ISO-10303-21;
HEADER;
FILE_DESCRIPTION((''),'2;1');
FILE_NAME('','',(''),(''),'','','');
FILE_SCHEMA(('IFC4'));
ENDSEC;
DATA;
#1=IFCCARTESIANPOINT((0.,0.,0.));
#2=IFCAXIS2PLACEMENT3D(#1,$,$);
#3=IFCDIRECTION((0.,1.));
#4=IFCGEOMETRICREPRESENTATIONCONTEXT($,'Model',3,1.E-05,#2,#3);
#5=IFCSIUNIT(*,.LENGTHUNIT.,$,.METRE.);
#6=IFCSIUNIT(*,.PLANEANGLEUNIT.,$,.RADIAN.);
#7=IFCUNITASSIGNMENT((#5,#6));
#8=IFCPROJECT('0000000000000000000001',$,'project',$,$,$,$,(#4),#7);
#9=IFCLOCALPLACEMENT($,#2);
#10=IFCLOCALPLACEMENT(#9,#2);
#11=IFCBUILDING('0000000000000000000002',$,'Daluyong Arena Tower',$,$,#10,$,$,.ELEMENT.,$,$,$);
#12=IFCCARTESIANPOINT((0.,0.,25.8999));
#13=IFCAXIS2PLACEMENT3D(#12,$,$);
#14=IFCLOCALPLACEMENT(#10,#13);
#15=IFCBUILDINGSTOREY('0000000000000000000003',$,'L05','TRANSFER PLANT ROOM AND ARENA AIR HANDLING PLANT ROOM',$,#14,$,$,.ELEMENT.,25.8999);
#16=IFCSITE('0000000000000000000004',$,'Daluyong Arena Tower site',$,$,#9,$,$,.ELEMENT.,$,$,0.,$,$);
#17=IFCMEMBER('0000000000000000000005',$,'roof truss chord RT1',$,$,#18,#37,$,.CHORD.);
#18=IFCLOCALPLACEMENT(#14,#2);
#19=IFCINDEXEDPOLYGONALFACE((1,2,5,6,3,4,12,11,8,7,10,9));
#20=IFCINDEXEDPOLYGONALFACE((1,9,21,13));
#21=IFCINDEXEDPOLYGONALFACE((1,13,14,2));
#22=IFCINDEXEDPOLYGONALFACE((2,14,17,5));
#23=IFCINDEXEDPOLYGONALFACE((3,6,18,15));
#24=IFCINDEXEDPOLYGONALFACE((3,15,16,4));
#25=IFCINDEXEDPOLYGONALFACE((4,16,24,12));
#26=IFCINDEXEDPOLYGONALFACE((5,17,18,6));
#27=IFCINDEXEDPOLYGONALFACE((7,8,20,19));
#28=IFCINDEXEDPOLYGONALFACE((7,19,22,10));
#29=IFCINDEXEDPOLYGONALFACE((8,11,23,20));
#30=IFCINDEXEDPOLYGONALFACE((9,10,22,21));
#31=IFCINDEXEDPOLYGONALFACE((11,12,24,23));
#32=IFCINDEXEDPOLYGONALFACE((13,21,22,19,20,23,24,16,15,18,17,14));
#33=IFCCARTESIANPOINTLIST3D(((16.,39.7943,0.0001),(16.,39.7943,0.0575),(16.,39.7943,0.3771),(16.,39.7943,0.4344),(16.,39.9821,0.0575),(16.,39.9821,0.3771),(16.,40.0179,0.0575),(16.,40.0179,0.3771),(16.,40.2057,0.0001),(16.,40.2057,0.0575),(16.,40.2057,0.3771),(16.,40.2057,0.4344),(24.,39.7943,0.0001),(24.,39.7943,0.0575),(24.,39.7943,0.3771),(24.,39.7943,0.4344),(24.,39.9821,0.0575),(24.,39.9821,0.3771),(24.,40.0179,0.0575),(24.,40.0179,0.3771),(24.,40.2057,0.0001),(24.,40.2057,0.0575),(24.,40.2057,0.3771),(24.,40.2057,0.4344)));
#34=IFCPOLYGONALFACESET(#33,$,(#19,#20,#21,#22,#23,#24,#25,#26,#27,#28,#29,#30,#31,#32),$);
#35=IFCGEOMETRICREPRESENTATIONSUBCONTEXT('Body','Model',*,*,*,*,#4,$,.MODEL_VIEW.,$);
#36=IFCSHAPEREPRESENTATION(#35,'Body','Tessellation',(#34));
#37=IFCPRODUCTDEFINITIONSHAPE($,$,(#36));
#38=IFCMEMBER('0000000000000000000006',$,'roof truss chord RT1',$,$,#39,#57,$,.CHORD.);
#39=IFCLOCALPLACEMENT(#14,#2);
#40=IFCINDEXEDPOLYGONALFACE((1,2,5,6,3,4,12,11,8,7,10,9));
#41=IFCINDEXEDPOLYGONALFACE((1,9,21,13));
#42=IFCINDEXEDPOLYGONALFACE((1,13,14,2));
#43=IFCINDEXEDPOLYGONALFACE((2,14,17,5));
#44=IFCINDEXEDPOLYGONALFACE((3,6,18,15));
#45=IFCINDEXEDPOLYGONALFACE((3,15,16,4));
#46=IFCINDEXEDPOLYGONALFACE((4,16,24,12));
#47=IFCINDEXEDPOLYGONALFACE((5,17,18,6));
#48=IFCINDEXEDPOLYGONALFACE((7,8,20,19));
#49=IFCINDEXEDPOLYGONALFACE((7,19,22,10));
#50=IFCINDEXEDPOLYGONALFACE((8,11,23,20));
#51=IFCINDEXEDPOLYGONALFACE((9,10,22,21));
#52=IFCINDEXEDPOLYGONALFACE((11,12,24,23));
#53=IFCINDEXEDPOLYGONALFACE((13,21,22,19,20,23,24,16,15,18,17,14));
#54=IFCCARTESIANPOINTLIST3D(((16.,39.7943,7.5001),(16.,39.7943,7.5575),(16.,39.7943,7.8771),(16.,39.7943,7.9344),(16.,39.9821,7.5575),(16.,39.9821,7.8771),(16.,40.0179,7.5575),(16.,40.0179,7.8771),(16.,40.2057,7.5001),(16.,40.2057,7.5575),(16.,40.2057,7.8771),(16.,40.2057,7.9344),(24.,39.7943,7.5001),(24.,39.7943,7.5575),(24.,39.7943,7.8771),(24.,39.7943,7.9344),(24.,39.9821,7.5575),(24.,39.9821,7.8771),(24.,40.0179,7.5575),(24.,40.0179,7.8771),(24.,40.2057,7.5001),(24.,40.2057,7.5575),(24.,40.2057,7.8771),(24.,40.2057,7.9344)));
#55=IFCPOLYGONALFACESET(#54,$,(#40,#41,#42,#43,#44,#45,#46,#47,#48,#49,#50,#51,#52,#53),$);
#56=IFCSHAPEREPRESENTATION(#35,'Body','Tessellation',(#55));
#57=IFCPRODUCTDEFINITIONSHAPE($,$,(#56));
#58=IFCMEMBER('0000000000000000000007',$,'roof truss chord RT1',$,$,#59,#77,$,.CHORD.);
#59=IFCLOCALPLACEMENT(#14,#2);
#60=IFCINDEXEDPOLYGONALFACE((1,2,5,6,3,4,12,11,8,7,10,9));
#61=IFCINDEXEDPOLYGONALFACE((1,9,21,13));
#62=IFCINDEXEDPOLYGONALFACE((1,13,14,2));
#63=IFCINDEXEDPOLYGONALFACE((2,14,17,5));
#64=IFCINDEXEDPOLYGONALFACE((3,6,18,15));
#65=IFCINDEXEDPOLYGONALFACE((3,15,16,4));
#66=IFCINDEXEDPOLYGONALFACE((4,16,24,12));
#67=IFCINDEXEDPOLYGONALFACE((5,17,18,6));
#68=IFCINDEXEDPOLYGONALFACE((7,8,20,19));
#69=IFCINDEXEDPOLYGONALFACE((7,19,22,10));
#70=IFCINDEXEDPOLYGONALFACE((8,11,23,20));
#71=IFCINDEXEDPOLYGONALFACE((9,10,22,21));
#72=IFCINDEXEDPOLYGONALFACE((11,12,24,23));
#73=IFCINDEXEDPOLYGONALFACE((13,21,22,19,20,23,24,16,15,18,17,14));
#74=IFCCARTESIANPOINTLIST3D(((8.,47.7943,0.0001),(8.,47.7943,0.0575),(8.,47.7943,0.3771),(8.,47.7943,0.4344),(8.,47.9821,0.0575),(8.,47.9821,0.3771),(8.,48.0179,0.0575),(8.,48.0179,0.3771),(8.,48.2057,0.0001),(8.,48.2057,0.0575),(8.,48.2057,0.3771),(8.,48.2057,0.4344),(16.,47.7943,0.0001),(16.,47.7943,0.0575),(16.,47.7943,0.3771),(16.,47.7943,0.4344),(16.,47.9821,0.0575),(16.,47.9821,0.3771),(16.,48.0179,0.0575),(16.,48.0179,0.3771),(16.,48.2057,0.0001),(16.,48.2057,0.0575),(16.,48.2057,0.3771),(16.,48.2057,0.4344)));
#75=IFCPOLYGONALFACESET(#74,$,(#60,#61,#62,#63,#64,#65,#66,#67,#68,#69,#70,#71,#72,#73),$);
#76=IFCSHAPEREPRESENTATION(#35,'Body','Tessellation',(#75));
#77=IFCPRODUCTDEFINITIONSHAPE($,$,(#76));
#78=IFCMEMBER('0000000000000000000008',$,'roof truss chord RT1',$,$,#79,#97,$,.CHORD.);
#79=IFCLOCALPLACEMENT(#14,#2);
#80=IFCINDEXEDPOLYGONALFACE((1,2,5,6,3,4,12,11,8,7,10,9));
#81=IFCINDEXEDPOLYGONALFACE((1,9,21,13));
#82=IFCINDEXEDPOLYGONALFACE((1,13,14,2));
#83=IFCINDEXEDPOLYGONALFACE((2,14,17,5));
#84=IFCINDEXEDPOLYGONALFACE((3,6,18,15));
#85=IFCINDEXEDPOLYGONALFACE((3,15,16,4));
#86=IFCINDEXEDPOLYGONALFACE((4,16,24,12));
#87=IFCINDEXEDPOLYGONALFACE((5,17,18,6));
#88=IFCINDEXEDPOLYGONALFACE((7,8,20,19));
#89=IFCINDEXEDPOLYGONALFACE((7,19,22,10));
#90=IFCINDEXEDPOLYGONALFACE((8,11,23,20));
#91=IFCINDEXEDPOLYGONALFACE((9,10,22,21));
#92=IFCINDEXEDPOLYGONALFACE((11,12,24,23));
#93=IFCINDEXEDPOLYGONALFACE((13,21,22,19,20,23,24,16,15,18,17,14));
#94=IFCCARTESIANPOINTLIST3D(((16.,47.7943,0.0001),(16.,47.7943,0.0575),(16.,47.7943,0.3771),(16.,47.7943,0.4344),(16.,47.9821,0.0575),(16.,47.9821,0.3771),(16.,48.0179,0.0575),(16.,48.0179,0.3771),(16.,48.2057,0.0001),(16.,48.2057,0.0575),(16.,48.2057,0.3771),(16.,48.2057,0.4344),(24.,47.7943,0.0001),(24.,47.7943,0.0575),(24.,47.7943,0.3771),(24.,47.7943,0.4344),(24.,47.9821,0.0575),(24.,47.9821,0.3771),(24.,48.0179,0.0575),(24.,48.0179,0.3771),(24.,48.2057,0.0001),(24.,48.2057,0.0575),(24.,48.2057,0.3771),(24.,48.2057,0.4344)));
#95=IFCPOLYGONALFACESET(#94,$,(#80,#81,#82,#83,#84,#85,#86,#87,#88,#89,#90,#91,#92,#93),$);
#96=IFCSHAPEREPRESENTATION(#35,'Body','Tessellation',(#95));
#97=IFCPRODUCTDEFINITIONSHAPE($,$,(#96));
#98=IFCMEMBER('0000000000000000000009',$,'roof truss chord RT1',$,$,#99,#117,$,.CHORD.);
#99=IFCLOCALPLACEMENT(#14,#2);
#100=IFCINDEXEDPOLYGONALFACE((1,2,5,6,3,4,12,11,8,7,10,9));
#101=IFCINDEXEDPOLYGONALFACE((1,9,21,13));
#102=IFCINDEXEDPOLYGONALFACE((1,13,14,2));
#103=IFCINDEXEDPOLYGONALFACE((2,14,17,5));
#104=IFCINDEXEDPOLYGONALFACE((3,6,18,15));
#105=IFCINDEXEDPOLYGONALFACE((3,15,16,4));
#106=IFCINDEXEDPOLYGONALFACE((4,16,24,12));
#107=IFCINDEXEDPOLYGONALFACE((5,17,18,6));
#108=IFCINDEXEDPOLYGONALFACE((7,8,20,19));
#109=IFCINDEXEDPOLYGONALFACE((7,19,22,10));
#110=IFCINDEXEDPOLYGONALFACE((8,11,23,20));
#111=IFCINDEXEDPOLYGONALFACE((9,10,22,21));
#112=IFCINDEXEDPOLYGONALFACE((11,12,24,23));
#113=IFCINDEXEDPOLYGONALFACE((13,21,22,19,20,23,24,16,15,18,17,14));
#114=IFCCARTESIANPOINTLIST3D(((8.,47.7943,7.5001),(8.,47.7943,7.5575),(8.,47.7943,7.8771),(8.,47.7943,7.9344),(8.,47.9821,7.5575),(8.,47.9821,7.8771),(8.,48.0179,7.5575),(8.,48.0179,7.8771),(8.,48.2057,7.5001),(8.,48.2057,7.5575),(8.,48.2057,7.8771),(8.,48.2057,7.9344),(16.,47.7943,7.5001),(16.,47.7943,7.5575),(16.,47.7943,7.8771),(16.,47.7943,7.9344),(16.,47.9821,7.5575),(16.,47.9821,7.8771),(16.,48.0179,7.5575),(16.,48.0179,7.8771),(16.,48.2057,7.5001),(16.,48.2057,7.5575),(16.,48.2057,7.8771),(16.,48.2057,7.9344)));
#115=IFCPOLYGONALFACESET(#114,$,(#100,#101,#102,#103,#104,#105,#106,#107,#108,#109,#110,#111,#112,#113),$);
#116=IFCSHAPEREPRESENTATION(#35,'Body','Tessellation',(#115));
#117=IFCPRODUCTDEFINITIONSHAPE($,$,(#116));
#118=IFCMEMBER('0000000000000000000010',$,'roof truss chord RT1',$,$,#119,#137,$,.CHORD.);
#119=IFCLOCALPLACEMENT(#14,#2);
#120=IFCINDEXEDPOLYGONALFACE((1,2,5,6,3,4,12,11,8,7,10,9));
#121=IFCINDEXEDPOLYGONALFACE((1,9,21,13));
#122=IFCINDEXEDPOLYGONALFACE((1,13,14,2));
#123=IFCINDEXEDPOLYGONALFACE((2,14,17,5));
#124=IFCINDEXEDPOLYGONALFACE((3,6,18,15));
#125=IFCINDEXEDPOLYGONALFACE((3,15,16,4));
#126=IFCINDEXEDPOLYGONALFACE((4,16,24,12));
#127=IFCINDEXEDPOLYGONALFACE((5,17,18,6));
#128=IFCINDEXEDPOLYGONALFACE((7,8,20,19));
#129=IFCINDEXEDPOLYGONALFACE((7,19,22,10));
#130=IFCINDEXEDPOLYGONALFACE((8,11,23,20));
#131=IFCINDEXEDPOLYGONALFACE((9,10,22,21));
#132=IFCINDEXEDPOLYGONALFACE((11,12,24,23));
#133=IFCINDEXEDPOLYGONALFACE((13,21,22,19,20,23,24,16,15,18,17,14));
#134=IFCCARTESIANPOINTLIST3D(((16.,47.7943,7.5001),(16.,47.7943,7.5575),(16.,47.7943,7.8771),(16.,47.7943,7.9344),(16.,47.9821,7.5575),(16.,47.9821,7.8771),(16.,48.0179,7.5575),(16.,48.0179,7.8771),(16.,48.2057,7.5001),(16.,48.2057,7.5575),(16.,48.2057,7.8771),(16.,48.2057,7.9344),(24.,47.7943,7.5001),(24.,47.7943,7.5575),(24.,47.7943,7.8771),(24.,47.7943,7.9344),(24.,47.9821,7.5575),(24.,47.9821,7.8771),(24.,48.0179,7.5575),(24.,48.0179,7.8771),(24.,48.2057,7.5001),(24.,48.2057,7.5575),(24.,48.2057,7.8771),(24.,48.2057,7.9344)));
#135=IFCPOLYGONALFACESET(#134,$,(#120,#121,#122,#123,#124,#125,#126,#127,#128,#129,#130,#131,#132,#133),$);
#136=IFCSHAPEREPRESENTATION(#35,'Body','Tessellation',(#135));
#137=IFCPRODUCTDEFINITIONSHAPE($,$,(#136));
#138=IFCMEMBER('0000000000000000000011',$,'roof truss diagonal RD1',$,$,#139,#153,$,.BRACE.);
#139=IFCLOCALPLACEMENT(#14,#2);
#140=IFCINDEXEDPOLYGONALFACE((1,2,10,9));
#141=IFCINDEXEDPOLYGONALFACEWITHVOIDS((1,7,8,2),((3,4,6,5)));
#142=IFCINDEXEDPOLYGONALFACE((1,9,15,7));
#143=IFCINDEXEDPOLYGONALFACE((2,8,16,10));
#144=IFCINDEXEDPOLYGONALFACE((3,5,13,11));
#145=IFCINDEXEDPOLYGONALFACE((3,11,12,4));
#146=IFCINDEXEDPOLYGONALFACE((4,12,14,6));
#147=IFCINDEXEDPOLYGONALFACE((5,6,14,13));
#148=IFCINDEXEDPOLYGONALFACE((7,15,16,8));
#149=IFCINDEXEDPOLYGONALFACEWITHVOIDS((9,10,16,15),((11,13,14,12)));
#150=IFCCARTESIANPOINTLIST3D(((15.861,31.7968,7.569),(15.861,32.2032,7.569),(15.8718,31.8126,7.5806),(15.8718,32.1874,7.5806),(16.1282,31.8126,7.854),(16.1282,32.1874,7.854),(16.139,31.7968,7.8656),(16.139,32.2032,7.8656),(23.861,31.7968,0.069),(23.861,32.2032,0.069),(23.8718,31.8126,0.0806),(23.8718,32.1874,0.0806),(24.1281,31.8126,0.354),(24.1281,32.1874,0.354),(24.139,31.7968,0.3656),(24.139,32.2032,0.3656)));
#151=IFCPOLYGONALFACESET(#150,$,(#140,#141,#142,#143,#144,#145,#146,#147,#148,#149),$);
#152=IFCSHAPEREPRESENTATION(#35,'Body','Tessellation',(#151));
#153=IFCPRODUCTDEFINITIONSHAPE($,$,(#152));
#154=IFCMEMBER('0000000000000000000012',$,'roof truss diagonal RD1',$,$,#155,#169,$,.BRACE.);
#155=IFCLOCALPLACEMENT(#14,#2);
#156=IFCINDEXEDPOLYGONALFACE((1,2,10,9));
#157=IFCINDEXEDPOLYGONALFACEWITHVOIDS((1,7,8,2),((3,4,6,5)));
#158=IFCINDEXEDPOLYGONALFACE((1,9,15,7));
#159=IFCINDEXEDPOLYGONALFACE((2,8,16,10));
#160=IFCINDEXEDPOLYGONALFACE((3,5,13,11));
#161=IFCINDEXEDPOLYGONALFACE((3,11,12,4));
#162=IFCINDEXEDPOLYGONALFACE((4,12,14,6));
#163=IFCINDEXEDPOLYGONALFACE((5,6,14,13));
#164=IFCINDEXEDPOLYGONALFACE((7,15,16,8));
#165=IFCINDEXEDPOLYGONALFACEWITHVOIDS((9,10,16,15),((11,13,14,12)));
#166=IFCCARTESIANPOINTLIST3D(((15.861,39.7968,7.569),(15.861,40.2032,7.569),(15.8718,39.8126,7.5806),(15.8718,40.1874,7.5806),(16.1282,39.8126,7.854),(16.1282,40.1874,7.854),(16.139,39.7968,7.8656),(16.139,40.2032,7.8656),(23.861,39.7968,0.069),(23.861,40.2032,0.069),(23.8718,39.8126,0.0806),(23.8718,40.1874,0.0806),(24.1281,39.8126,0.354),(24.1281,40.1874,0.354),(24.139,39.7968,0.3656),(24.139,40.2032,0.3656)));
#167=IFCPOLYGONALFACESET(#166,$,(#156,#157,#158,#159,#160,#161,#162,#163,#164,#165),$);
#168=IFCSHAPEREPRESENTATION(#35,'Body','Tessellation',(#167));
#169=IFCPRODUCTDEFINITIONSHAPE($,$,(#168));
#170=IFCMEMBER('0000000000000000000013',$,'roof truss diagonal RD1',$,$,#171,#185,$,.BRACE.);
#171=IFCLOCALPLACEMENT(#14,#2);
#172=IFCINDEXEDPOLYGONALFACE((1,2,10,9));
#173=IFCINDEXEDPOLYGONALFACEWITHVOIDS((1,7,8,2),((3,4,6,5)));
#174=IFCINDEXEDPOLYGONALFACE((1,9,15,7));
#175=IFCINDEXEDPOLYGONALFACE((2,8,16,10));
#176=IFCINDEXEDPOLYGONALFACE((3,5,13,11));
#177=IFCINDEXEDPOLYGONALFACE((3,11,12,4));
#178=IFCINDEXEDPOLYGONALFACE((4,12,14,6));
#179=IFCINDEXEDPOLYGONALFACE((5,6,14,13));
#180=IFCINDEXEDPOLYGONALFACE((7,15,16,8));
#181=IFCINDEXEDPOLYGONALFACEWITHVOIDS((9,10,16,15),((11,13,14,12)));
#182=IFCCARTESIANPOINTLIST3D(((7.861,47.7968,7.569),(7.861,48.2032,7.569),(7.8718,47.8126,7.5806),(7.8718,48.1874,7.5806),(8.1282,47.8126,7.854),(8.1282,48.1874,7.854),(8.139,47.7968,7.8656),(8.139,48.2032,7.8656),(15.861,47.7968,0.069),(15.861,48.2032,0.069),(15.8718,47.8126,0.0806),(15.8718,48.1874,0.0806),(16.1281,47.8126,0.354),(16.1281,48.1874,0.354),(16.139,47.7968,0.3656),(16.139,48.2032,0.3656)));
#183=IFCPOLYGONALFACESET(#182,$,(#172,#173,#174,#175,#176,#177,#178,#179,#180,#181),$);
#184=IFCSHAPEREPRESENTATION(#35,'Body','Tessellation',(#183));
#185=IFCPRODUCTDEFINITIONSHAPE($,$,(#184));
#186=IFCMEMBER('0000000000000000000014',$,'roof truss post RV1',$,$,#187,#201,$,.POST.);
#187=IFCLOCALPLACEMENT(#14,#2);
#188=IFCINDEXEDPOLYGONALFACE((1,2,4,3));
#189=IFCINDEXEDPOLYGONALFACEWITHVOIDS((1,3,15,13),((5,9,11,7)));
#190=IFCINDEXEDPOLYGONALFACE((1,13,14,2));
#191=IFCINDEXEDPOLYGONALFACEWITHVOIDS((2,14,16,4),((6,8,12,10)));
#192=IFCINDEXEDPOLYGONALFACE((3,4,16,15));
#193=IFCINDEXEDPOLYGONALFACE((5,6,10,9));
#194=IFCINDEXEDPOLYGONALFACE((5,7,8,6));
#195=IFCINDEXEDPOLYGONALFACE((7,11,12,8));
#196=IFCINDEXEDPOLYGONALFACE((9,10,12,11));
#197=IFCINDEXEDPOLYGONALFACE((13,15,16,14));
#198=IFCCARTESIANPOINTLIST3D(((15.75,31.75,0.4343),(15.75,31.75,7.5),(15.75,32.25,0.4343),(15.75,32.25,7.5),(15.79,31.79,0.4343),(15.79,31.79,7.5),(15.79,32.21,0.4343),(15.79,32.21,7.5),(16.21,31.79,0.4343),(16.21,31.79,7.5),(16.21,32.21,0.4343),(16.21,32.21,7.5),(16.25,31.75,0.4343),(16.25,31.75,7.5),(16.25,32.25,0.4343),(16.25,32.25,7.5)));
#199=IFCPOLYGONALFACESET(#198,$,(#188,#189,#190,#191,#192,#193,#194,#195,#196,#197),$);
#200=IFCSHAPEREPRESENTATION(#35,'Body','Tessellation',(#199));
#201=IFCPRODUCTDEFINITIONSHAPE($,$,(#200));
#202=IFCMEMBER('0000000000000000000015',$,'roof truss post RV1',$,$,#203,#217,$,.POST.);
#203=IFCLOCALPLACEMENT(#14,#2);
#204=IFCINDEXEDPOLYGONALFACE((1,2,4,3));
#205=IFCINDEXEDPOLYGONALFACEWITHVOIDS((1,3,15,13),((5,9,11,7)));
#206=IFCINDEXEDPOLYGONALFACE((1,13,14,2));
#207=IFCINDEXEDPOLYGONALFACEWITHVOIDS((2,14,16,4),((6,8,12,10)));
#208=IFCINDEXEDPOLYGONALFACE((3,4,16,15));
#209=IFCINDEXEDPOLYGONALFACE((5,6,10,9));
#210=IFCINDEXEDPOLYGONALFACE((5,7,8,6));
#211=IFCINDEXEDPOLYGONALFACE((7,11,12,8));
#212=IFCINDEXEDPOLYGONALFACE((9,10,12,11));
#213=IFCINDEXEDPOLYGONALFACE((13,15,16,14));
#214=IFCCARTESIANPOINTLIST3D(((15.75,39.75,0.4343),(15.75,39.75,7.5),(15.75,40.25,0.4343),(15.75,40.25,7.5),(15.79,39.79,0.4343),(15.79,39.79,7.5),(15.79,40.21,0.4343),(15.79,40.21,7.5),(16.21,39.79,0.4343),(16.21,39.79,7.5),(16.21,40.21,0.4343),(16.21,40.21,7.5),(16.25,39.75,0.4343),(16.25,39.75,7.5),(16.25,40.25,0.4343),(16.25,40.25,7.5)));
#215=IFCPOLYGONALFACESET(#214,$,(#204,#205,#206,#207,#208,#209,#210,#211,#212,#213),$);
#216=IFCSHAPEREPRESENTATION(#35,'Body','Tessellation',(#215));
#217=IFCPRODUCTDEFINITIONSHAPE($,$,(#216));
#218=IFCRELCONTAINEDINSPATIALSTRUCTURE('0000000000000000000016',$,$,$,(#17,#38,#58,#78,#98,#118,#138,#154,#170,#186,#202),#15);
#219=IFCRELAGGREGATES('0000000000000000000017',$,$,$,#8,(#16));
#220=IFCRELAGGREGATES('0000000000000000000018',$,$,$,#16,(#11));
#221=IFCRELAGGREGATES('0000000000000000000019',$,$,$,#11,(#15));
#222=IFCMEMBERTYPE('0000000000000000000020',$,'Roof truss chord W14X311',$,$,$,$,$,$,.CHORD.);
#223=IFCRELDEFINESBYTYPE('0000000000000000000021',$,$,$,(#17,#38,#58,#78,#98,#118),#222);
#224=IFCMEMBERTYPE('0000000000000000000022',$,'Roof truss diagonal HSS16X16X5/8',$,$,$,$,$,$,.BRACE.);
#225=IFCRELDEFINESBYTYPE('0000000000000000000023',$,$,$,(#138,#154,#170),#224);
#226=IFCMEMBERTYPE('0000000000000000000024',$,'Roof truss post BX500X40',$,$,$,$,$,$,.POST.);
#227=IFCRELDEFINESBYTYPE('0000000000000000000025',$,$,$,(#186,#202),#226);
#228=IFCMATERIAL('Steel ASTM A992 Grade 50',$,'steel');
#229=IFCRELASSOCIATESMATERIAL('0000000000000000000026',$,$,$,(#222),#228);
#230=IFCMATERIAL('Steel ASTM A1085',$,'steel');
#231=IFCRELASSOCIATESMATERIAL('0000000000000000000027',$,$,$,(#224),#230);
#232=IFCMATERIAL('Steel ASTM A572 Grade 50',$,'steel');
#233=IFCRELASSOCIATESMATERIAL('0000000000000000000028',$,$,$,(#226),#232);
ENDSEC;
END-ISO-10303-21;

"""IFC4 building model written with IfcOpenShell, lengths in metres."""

from ifc_helpers import new_model, si_unit, direction, frame, origin, origin_2d, place, context, subcontext, project, spatial, hollow_rectangle, i_section, extrude, material, material_profile, profile_set, type_object, element, save


model = new_model("IFC4")

# Units and contexts
model_context = context("Model", 3, precision=1e-05, world=origin(), true_north=direction((0.0, 1.0)))
body_context = subcontext(model_context, "Body", "Model", "MODEL_VIEW")
ifc_project = project(units=[si_unit("LENGTHUNIT", "METRE"), si_unit("PLANEANGLEUNIT", "RADIAN")], contexts=[model_context])

# Site, building, storey
site_placement = place(None, origin())
site = spatial("IfcSite", under=ifc_project, at=site_placement, Name="Daluyong Arena Tower site", CompositionType="ELEMENT", RefElevation=0.0)
building_placement = place(site_placement, origin())
building = spatial("IfcBuilding", under=site, at=building_placement, Name="Daluyong Arena Tower", CompositionType="ELEMENT")
storey_placement = place(building_placement, frame((0.0, 0.0, 25.8999)))
storey = spatial("IfcBuildingStorey", under=building, at=storey_placement, Name="L05", Description="TRANSFER PLANT ROOM AND ARENA AIR HANDLING PLANT ROOM", CompositionType="ELEMENT", Elevation=25.8999)

# Members
ifc_material_1 = material(Name="Steel ASTM A992 Grade 50", Category="steel")
ifc_material_profile_1 = material_profile(ifc_material_1, i_section(OverallWidth=0.4114, OverallDepth=0.4343, WebThickness=0.0359, FlangeThickness=0.0574, at=origin_2d()))
ifc_profile_set_1 = profile_set([ifc_material_profile_1], Name="Steel ASTM A992 Grade 50")
member_type_1 = type_object("IfcMemberType", Name="Roof truss chord W14X311", PredefinedType="CHORD", material=ifc_profile_set_1)
for number, where, z_axis, x_axis, name in (
    (1, (16.0, 40.0, 0.2173), (1.0, 0.0, 0.0), (0.0, 1.0, 0.0), "roof truss chord RT1"),
    (2, (16.0, 40.0, 7.7173), (1.0, 0.0, 0.0), (0.0, 1.0, 0.0), "roof truss chord RT1"),
    (3, (8.0, 48.0, 0.2173), (1.0, 0.0, 0.0), (0.0, 1.0, 0.0), "roof truss chord RT1"),
    (4, (16.0, 48.0, 0.2173), (1.0, 0.0, 0.0), (0.0, 1.0, 0.0), "roof truss chord RT1"),
    (5, (8.0, 48.0, 7.7173), (1.0, 0.0, 0.0), (0.0, 1.0, 0.0), "roof truss chord RT1"),
    (6, (16.0, 48.0, 7.7173), (1.0, 0.0, 0.0), (0.0, 1.0, 0.0), "roof truss chord RT1"),
):
    element("IfcMember", number, at=place(storey_placement, frame(where, z_axis=z_axis, x_axis=x_axis)), inside=storey, type_object=member_type_1, Name=name, PredefinedType="CHORD", context=body_context, shape_type="SweptSolid", body=[
        extrude(i_section(OverallWidth=0.4114, OverallDepth=0.4343, WebThickness=0.0359, FlangeThickness=0.0574, at=origin_2d()), origin(), (0.0, 0.0, 1.0), 8.0),
    ])
ifc_material_2 = material(Name="Steel ASTM A1085", Category="steel")
ifc_material_profile_2 = material_profile(ifc_material_2, hollow_rectangle(XDim=0.4065, YDim=0.4065, WallThickness=0.0159, at=origin_2d()))
ifc_profile_set_2 = profile_set([ifc_material_profile_2], Name="Steel ASTM A1085")
member_type_2 = type_object("IfcMemberType", Name="Roof truss diagonal HSS16X16X5/8", PredefinedType="BRACE", material=ifc_profile_set_2)
for number, where, z_axis, x_axis, name in (
    (7, (16.0, 32.0, 7.7173), (0.729537, 0.0, -0.683941), (0.0, 1.0, 0.0), "roof truss diagonal RD1"),
    (8, (16.0, 40.0, 7.7173), (0.729537, 0.0, -0.683941), (0.0, 1.0, 0.0), "roof truss diagonal RD1"),
    (9, (8.0, 48.0, 7.7173), (0.729537, 0.0, -0.683941), (0.0, 1.0, 0.0), "roof truss diagonal RD1"),
):
    element("IfcMember", number, at=place(storey_placement, frame(where, z_axis=z_axis, x_axis=x_axis)), inside=storey, type_object=member_type_2, Name=name, PredefinedType="BRACE", context=body_context, shape_type="SweptSolid", body=[
        extrude(hollow_rectangle(XDim=0.4065, YDim=0.4065, WallThickness=0.0159, at=origin_2d()), origin(), (0.0, 0.0, 1.0), 10.9658),
    ])
ifc_material_3 = material(Name="Steel ASTM A572 Grade 50", Category="steel")
ifc_material_profile_3 = material_profile(ifc_material_3, hollow_rectangle(XDim=0.5, YDim=0.5, WallThickness=0.04, at=origin_2d()))
ifc_profile_set_3 = profile_set([ifc_material_profile_3], Name="Steel ASTM A572 Grade 50")
member_type_3 = type_object("IfcMemberType", Name="Roof truss post BX500X40", PredefinedType="POST", material=ifc_profile_set_3)
for number, where, z_axis, x_axis, name in (
    (10, (16.0, 32.0, 0.4343), (0.0, 0.0, 1.0), (1.0, 0.0, 0.0), "roof truss post RV1"),
    (11, (16.0, 40.0, 0.4343), (0.0, 0.0, 1.0), (1.0, 0.0, 0.0), "roof truss post RV1"),
):
    element("IfcMember", number, at=place(storey_placement, frame(where, z_axis=z_axis, x_axis=x_axis)), inside=storey, type_object=member_type_3, Name=name, PredefinedType="POST", context=body_context, shape_type="SweptSolid", body=[
        extrude(hollow_rectangle(XDim=0.5, YDim=0.5, WallThickness=0.04, at=origin_2d()), origin(), (0.0, 0.0, 1.0), 7.0657),
    ])

save(model, "model.ifc")
